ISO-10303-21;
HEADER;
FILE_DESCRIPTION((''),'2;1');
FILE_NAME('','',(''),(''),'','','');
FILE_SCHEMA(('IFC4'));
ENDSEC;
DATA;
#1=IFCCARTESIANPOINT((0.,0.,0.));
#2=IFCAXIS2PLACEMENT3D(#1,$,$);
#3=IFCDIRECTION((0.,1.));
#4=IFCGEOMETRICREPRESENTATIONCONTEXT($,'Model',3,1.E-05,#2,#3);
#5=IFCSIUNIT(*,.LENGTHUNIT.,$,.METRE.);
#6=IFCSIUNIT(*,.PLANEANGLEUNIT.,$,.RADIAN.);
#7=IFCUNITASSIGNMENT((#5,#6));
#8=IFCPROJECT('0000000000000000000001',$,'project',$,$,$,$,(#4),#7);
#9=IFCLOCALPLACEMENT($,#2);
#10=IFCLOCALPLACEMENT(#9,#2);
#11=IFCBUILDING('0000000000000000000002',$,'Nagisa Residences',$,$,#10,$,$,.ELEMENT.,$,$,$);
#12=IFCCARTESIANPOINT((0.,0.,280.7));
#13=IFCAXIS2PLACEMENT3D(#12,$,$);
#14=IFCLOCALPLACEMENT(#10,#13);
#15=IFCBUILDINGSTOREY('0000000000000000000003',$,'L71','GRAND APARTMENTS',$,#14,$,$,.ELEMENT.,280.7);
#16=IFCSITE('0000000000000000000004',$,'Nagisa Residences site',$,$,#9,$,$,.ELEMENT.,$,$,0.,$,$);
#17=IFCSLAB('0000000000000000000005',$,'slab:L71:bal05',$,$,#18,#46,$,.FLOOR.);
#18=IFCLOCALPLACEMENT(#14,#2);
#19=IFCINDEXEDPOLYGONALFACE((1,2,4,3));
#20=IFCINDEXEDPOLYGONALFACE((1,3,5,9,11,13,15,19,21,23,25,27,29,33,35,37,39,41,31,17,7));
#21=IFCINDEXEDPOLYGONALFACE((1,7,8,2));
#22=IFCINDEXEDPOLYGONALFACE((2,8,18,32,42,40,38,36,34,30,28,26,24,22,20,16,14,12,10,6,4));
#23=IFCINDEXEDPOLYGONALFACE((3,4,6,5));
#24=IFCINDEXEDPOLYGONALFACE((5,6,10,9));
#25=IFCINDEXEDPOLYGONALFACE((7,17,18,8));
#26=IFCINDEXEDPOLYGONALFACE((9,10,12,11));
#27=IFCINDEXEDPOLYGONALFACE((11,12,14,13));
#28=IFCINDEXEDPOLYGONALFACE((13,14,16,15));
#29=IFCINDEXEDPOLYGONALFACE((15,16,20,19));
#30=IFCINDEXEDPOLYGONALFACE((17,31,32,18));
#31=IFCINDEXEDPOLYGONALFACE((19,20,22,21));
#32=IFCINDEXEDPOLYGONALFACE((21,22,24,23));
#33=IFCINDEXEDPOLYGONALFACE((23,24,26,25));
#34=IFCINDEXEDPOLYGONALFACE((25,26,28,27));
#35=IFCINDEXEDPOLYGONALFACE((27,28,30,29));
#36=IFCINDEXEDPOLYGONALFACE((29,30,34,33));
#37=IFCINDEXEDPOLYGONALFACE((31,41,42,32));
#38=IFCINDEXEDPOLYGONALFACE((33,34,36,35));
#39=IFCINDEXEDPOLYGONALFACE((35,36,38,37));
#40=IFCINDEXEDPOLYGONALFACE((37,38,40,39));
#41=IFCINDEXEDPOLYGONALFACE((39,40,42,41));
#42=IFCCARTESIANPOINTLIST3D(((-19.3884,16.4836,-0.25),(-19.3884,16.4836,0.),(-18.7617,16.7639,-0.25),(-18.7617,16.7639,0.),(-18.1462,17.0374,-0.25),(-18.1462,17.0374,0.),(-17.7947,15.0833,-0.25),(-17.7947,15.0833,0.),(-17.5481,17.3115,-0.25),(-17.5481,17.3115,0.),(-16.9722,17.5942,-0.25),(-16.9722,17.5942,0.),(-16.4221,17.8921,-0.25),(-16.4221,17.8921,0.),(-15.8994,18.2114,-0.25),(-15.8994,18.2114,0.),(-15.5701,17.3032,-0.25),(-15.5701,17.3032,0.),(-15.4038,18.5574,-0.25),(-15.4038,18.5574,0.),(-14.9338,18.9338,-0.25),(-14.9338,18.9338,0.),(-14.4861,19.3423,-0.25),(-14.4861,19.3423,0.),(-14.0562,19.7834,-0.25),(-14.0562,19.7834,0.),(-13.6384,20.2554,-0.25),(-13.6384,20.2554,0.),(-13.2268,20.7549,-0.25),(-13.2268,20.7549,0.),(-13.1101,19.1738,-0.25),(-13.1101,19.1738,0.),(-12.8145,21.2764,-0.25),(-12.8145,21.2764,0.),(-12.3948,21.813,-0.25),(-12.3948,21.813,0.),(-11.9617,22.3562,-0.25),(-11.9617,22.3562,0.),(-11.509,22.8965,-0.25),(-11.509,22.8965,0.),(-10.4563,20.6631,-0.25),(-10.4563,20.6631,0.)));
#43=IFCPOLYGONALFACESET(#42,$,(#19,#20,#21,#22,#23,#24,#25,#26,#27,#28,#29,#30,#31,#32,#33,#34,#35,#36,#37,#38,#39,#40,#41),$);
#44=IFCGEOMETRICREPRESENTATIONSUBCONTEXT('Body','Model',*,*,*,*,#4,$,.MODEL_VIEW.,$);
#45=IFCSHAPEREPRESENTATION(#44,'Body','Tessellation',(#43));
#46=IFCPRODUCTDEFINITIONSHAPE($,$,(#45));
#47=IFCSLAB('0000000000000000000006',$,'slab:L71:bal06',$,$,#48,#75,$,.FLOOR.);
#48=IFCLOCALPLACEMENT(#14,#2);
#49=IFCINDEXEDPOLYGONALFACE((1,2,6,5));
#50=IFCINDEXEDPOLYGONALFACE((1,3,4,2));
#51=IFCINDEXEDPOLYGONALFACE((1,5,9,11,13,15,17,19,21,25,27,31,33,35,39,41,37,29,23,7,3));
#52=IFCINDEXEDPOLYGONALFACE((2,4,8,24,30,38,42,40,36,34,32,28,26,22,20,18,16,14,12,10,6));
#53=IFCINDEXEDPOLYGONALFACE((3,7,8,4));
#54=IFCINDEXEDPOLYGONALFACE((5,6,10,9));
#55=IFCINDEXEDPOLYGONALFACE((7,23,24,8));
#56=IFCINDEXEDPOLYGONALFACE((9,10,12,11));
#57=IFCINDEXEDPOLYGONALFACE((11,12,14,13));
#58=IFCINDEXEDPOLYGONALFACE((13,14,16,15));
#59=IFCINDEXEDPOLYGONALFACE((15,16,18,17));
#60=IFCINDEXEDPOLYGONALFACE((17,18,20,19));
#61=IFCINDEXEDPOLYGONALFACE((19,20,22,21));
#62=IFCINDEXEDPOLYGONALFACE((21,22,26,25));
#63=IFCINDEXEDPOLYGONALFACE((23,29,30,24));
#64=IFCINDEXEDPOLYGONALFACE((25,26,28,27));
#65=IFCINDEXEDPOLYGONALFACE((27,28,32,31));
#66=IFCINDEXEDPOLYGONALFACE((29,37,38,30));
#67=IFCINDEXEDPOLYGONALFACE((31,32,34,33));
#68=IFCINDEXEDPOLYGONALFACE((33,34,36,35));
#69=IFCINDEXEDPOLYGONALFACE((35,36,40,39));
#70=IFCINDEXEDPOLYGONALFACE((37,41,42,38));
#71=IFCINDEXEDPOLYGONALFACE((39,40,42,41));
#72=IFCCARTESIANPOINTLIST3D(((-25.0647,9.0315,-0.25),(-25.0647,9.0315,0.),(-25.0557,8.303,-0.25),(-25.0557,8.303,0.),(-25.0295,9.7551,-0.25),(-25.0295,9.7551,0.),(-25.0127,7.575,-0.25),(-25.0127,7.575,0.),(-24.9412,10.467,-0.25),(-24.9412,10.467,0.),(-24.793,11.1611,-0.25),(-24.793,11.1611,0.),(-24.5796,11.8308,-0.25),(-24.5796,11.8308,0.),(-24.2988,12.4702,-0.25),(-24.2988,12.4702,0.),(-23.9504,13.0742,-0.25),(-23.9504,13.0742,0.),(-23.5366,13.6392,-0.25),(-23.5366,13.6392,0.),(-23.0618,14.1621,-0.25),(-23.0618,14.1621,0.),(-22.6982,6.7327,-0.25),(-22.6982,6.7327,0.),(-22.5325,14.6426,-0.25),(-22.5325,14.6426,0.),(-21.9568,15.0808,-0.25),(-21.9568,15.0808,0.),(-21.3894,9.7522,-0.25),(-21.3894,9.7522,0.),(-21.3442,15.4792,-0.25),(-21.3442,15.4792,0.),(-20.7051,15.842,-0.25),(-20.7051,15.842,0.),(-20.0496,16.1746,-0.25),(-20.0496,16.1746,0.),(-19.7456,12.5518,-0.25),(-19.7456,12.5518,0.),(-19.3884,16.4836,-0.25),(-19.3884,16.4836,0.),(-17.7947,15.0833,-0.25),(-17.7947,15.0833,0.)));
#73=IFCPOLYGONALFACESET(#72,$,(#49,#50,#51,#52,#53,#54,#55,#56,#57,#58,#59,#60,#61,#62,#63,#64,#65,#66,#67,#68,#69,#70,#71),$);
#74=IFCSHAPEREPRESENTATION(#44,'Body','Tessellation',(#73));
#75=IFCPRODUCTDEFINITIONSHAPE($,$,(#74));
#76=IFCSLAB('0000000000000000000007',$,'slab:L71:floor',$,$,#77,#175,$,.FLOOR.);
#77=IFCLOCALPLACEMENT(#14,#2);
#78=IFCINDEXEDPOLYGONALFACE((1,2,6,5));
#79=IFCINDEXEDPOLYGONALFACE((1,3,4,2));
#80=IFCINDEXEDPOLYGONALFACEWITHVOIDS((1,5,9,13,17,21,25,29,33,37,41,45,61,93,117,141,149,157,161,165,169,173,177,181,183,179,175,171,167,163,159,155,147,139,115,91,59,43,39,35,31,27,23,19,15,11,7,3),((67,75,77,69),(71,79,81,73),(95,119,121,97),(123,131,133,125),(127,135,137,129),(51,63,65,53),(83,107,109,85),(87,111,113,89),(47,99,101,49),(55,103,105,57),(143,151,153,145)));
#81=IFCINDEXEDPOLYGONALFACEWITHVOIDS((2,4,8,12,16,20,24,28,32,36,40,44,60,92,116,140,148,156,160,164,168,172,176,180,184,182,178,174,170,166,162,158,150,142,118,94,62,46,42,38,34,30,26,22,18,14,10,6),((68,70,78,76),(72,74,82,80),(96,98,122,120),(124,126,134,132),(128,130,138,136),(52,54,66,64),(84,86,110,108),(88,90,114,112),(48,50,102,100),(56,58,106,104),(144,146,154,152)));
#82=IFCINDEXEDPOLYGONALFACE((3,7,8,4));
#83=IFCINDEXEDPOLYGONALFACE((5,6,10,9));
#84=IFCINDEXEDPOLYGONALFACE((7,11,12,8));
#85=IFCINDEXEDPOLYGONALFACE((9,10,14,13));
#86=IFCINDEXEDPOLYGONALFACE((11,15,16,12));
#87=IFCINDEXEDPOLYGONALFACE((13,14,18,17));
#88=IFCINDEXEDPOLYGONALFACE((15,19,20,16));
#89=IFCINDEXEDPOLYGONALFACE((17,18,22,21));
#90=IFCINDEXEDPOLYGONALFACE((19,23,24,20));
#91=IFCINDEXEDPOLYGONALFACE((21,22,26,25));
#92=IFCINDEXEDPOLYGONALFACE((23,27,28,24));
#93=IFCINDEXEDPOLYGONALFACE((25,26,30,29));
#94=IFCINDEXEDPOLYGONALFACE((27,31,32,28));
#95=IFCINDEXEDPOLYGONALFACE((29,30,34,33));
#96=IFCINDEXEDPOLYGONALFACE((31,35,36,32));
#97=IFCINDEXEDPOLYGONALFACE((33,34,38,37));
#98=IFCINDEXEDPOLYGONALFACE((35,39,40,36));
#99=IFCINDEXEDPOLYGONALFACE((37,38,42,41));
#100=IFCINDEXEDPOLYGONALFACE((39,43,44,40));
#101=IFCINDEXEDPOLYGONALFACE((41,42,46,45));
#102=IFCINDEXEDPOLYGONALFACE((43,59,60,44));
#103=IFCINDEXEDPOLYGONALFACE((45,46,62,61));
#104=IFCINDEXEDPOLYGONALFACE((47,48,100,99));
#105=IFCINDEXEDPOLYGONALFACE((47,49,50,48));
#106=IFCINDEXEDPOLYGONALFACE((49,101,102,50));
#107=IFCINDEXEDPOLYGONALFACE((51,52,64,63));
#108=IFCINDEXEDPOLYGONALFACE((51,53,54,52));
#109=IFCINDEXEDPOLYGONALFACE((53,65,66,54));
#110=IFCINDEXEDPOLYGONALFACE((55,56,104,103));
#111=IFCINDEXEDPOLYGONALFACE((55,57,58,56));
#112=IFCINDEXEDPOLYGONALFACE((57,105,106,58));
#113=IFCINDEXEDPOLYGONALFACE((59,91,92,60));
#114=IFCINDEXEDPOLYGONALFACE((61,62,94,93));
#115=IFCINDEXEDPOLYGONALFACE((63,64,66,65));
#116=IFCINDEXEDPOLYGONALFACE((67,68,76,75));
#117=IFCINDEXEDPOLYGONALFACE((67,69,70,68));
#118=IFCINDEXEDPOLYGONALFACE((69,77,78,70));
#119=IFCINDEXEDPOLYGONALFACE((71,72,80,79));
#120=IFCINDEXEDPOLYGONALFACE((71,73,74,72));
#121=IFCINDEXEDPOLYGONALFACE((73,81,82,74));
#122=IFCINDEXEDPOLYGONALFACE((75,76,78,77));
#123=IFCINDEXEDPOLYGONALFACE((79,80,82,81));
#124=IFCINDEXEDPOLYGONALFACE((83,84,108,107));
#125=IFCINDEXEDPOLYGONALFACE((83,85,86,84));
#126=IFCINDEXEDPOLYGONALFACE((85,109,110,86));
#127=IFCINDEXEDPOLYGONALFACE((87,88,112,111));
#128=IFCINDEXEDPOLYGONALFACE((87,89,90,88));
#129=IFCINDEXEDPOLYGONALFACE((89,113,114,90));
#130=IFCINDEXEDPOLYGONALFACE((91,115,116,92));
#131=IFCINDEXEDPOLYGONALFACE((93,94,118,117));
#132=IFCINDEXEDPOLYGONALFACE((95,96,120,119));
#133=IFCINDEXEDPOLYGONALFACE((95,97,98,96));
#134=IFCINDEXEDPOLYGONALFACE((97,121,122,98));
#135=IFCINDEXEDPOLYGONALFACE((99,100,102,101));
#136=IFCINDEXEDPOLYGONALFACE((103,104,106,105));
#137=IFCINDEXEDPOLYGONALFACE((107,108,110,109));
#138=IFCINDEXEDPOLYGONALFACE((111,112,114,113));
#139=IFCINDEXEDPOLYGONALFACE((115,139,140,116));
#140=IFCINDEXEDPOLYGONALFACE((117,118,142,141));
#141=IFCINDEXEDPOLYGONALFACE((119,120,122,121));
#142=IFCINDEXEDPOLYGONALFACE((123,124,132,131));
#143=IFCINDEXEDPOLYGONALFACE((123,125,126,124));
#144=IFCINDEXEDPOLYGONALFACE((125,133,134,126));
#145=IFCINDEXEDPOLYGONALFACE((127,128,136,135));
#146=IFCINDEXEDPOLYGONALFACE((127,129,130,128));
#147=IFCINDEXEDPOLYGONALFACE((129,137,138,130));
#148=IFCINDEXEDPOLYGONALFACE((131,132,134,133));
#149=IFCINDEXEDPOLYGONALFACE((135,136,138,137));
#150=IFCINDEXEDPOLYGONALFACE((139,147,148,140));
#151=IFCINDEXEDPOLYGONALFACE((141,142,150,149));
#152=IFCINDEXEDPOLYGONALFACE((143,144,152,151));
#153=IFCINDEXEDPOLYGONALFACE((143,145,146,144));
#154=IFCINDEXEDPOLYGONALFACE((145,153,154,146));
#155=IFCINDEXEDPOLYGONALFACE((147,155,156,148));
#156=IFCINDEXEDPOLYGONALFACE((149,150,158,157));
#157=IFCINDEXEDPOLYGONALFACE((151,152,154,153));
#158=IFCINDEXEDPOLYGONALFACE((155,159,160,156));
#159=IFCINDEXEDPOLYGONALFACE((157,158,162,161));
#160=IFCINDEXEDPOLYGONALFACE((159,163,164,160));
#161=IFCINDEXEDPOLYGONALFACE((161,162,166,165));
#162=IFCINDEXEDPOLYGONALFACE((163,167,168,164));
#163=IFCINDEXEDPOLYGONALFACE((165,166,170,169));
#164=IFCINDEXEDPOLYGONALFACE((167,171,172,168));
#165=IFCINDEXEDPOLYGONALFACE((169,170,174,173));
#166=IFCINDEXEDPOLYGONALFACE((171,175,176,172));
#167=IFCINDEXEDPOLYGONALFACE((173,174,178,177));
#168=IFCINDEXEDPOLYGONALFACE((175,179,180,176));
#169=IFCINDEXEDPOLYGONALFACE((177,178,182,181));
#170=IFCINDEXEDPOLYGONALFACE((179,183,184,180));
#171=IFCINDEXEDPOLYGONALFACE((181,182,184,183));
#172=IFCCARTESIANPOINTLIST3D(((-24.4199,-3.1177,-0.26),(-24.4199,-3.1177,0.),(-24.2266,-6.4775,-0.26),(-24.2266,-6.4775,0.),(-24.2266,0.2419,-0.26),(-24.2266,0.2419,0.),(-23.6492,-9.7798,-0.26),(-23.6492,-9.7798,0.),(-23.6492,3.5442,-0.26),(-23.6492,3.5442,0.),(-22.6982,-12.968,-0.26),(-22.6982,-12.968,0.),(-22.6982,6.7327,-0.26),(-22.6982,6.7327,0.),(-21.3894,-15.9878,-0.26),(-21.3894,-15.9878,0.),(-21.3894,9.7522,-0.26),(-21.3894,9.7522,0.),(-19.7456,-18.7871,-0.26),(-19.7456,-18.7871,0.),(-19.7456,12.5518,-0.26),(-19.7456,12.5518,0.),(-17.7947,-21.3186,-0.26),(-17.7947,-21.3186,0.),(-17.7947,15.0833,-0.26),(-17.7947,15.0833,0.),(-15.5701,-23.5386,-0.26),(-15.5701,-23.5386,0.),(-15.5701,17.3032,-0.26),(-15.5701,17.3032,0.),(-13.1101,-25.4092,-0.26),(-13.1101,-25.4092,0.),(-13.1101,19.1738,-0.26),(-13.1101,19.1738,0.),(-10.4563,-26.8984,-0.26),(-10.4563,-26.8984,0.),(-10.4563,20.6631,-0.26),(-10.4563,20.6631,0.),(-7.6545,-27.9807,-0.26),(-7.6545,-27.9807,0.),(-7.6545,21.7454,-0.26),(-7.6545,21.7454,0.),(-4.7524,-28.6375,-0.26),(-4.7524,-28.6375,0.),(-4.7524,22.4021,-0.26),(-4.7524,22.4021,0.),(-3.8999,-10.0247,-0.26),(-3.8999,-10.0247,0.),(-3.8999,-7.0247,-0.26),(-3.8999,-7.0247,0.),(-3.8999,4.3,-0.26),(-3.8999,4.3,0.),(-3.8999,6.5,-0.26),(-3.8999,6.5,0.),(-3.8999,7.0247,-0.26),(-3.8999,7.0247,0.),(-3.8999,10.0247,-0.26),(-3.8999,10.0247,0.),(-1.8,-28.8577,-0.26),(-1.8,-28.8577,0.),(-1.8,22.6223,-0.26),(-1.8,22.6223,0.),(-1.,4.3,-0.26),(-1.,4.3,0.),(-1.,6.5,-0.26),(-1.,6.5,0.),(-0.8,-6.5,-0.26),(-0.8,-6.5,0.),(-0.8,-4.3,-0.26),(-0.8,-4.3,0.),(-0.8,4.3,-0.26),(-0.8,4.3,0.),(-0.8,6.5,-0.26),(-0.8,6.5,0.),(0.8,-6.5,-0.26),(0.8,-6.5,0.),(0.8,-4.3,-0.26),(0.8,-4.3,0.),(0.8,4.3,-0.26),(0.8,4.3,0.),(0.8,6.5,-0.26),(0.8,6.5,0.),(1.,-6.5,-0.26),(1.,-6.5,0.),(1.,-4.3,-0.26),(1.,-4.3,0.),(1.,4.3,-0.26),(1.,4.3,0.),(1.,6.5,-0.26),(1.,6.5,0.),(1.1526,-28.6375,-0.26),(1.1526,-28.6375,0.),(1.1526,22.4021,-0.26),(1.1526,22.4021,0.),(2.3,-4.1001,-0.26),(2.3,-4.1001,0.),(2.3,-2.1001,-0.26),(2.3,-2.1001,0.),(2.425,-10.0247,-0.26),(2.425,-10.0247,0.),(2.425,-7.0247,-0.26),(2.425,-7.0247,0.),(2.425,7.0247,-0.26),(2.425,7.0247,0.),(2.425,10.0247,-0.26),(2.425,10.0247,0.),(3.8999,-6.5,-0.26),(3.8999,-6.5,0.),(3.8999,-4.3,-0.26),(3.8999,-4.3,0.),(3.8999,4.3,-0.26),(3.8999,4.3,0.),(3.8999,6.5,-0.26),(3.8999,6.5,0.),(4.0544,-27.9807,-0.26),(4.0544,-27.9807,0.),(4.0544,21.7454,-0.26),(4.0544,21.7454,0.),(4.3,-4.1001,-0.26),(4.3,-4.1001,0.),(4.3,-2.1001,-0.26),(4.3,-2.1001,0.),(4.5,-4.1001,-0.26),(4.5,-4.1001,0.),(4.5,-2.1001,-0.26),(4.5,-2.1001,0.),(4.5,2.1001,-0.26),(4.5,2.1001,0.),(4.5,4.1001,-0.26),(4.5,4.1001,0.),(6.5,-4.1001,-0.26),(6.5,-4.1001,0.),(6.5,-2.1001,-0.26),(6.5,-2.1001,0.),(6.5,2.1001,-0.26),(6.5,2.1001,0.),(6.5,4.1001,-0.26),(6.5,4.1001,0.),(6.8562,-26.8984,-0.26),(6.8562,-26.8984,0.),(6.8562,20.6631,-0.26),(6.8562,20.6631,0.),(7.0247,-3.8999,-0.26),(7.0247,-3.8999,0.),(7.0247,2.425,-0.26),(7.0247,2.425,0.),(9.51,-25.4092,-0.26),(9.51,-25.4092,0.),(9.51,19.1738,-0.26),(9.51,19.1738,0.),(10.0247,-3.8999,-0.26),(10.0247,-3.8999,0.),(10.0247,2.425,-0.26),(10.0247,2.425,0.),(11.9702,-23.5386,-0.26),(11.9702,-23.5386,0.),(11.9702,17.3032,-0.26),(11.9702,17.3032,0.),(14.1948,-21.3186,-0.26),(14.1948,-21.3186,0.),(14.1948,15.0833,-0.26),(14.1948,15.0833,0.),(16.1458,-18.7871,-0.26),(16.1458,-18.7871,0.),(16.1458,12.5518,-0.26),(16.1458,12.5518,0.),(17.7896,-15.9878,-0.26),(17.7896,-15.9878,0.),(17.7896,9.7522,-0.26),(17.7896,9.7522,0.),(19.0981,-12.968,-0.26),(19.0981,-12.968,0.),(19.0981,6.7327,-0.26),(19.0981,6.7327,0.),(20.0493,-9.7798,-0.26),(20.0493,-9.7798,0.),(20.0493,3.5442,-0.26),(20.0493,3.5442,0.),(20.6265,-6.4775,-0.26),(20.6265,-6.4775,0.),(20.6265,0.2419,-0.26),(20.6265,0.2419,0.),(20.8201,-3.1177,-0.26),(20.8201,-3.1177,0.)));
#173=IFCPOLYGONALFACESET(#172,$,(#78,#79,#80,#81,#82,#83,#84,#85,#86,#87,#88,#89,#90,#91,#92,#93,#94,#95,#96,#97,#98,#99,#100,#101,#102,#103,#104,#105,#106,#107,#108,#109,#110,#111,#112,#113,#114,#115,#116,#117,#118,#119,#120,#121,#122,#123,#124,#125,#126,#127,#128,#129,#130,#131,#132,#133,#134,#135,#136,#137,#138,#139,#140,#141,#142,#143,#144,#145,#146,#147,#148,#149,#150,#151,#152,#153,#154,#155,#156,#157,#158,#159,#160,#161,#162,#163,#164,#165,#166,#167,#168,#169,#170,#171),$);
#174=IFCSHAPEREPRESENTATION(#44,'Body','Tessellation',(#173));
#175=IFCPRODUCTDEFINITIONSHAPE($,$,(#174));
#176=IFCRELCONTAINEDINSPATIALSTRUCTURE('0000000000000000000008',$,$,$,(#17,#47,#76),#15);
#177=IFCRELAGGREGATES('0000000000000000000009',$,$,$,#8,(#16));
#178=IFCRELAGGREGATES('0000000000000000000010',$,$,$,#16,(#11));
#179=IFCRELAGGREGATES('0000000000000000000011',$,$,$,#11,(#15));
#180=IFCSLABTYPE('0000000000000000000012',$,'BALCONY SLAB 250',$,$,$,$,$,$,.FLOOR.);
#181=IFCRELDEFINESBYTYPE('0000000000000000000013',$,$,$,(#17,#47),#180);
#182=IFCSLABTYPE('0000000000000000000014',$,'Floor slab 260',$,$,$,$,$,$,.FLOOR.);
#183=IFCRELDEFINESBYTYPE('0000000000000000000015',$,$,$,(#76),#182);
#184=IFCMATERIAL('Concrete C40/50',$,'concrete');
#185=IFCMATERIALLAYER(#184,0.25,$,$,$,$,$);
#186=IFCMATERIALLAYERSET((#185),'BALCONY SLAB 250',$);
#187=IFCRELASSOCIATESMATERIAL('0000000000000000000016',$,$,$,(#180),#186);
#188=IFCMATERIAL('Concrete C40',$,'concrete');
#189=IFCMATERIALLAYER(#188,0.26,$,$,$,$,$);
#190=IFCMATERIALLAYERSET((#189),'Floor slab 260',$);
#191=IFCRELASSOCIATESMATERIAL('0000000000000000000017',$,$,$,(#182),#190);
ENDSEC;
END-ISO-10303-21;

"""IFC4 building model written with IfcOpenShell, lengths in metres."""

from ifc_helpers import new_model, si_unit, direction, frame, origin, place, context, subcontext, project, spatial, polyline, outline, extrude, material, layer, layer_set, type_object, element, save


model = new_model("IFC4")

# Units and contexts
model_context = context("Model", 3, precision=1e-05, world=origin(), true_north=direction((0.0, 1.0)))
body_context = subcontext(model_context, "Body", "Model", "MODEL_VIEW")
ifc_project = project(units=[si_unit("LENGTHUNIT", "METRE"), si_unit("PLANEANGLEUNIT", "RADIAN")], contexts=[model_context])

# Site, building, storey
site_placement = place(None, origin())
site = spatial("IfcSite", under=ifc_project, at=site_placement, Name="Nagisa Residences site", CompositionType="ELEMENT", RefElevation=0.0)
building_placement = place(site_placement, origin())
building = spatial("IfcBuilding", under=site, at=building_placement, Name="Nagisa Residences", CompositionType="ELEMENT")
storey_placement = place(building_placement, frame((0.0, 0.0, 280.7)))
storey = spatial("IfcBuildingStorey", under=building, at=storey_placement, Name="L71", Description="GRAND APARTMENTS", CompositionType="ELEMENT", Elevation=280.7)

# Slabs
ifc_material_1 = material(Name="Concrete C40/50", Category="concrete")
ifc_layer_1 = layer(ifc_material_1, 0.25)
ifc_layer_set_1 = layer_set([ifc_layer_1], Name="BALCONY SLAB 250")
slab_type_1 = type_object("IfcSlabType", Name="BALCONY SLAB 250", PredefinedType="FLOOR", material=ifc_layer_set_1)
slab_1_placement = place(storey_placement, frame((0.0, 0.0, -0.25)))
element("IfcSlab", 1, at=slab_1_placement, inside=storey, type_object=slab_type_1, Name="slab:L71:bal05", PredefinedType="FLOOR", context=body_context, shape_type="SweptSolid", body=[
    extrude(outline(polyline([(-11.509, 22.8965), (-11.9617, 22.3562), (-12.3948, 21.813), (-12.8145, 21.2764), (-13.2268, 20.7549), (-13.6384, 20.2554), (-14.0562, 19.7834), (-14.4861, 19.3423), (-14.9338, 18.9338), (-15.4038, 18.5574), (-15.8994, 18.2114), (-16.4221, 17.8921), (-16.9722, 17.5942), (-17.5481, 17.3115), (-18.1462, 17.0374), (-18.7617, 16.7639), (-19.3884, 16.4836), (-17.7947, 15.0833), (-15.5701, 17.3032), (-13.1101, 19.1738), (-10.4563, 20.6631), (-11.509, 22.8965)])), origin(), (0.0, 0.0, 1.0), 0.25),
])
slab_2_placement = place(storey_placement, frame((0.0, 0.0, -0.25)))
element("IfcSlab", 2, at=slab_2_placement, inside=storey, type_object=slab_type_1, Name="slab:L71:bal06", PredefinedType="FLOOR", context=body_context, shape_type="SweptSolid", body=[
    extrude(outline(polyline([(-19.3884, 16.4836), (-20.0496, 16.1746), (-20.7051, 15.842), (-21.3442, 15.4792), (-21.9568, 15.0808), (-22.5325, 14.6426), (-23.0618, 14.1621), (-23.5366, 13.6392), (-23.9504, 13.0742), (-24.2988, 12.4702), (-24.5796, 11.8308), (-24.793, 11.1611), (-24.9412, 10.467), (-25.0295, 9.7551), (-25.0647, 9.0315), (-25.0557, 8.303), (-25.0127, 7.575), (-22.6982, 6.7327), (-21.3894, 9.7522), (-19.7456, 12.5518), (-17.7947, 15.0833), (-19.3884, 16.4836)])), origin(), (0.0, 0.0, 1.0), 0.25),
])
ifc_material_2 = material(Name="Concrete C40", Category="concrete")
ifc_layer_2 = layer(ifc_material_2, 0.26)
ifc_layer_set_2 = layer_set([ifc_layer_2], Name="Floor slab 260")
slab_type_2 = type_object("IfcSlabType", Name="Floor slab 260", PredefinedType="FLOOR", material=ifc_layer_set_2)
slab_3_placement = place(storey_placement, frame((0.0, 0.0, -0.26)))
element("IfcSlab", 3, at=slab_3_placement, inside=storey, type_object=slab_type_2, Name="slab:L71:floor", PredefinedType="FLOOR", context=body_context, shape_type="SweptSolid", body=[
    extrude(outline(polyline([(20.8201, -3.1177), (20.6265, 0.2419), (20.0493, 3.5442), (19.0981, 6.7327), (17.7896, 9.7522), (16.1458, 12.5518), (14.1948, 15.0833), (11.9702, 17.3032), (9.51, 19.1738), (6.8562, 20.6631), (4.0544, 21.7454), (1.1526, 22.4021), (-1.8, 22.6223), (-4.7524, 22.4021), (-7.6545, 21.7454), (-10.4563, 20.6631), (-13.1101, 19.1738), (-15.5701, 17.3032), (-17.7947, 15.0833), (-19.7456, 12.5518), (-21.3894, 9.7522), (-22.6982, 6.7327), (-23.6492, 3.5442), (-24.2266, 0.2419), (-24.4199, -3.1177), (-24.2266, -6.4775), (-23.6492, -9.7798), (-22.6982, -12.968), (-21.3894, -15.9878), (-19.7456, -18.7871), (-17.7947, -21.3186), (-15.5701, -23.5386), (-13.1101, -25.4092), (-10.4563, -26.8984), (-7.6545, -27.9807), (-4.7524, -28.6375), (-1.8, -28.8577), (1.1526, -28.6375), (4.0544, -27.9807), (6.8562, -26.8984), (9.51, -25.4092), (11.9702, -23.5386), (14.1948, -21.3186), (16.1458, -18.7871), (17.7896, -15.9878), (19.0981, -12.968), (20.0493, -9.7798), (20.6265, -6.4775), (20.8201, -3.1177)]), holes=[polyline([(6.5, 2.1001), (6.5, 4.1001), (4.5, 4.1001), (4.5, 2.1001), (6.5, 2.1001)]), polyline([(4.3, -4.1001), (4.3, -2.1001), (2.3, -2.1001), (2.3, -4.1001), (4.3, -4.1001)]), polyline([(6.5, -4.1001), (6.5, -2.1001), (4.5, -2.1001), (4.5, -4.1001), (6.5, -4.1001)]), polyline([(3.8999, 4.3), (3.8999, 6.5), (1.0, 6.5), (1.0, 4.3), (3.8999, 4.3)]), polyline([(3.8999, -6.5), (3.8999, -4.3), (1.0, -4.3), (1.0, -6.5), (3.8999, -6.5)]), polyline([(-1.0, 4.3), (-1.0, 6.5), (-3.8999, 6.5), (-3.8999, 4.3), (-1.0, 4.3)]), polyline([(0.8, 4.3), (0.8, 6.5), (-0.8, 6.5), (-0.8, 4.3), (0.8, 4.3)]), polyline([(0.8, -6.5), (0.8, -4.3), (-0.8, -4.3), (-0.8, -6.5), (0.8, -6.5)]), polyline([(10.0247, -3.8999), (7.0247, -3.8999), (7.0247, 2.425), (10.0247, 2.425), (10.0247, -3.8999)]), polyline([(-3.8999, 7.0247), (-3.8999, 10.0247), (2.425, 10.0247), (2.425, 7.0247), (-3.8999, 7.0247)]), polyline([(-3.8999, -10.0247), (-3.8999, -7.0247), (2.425, -7.0247), (2.425, -10.0247), (-3.8999, -10.0247)])]), origin(), (0.0, 0.0, 1.0), 0.26),
])

save(model, "model.ifc")
